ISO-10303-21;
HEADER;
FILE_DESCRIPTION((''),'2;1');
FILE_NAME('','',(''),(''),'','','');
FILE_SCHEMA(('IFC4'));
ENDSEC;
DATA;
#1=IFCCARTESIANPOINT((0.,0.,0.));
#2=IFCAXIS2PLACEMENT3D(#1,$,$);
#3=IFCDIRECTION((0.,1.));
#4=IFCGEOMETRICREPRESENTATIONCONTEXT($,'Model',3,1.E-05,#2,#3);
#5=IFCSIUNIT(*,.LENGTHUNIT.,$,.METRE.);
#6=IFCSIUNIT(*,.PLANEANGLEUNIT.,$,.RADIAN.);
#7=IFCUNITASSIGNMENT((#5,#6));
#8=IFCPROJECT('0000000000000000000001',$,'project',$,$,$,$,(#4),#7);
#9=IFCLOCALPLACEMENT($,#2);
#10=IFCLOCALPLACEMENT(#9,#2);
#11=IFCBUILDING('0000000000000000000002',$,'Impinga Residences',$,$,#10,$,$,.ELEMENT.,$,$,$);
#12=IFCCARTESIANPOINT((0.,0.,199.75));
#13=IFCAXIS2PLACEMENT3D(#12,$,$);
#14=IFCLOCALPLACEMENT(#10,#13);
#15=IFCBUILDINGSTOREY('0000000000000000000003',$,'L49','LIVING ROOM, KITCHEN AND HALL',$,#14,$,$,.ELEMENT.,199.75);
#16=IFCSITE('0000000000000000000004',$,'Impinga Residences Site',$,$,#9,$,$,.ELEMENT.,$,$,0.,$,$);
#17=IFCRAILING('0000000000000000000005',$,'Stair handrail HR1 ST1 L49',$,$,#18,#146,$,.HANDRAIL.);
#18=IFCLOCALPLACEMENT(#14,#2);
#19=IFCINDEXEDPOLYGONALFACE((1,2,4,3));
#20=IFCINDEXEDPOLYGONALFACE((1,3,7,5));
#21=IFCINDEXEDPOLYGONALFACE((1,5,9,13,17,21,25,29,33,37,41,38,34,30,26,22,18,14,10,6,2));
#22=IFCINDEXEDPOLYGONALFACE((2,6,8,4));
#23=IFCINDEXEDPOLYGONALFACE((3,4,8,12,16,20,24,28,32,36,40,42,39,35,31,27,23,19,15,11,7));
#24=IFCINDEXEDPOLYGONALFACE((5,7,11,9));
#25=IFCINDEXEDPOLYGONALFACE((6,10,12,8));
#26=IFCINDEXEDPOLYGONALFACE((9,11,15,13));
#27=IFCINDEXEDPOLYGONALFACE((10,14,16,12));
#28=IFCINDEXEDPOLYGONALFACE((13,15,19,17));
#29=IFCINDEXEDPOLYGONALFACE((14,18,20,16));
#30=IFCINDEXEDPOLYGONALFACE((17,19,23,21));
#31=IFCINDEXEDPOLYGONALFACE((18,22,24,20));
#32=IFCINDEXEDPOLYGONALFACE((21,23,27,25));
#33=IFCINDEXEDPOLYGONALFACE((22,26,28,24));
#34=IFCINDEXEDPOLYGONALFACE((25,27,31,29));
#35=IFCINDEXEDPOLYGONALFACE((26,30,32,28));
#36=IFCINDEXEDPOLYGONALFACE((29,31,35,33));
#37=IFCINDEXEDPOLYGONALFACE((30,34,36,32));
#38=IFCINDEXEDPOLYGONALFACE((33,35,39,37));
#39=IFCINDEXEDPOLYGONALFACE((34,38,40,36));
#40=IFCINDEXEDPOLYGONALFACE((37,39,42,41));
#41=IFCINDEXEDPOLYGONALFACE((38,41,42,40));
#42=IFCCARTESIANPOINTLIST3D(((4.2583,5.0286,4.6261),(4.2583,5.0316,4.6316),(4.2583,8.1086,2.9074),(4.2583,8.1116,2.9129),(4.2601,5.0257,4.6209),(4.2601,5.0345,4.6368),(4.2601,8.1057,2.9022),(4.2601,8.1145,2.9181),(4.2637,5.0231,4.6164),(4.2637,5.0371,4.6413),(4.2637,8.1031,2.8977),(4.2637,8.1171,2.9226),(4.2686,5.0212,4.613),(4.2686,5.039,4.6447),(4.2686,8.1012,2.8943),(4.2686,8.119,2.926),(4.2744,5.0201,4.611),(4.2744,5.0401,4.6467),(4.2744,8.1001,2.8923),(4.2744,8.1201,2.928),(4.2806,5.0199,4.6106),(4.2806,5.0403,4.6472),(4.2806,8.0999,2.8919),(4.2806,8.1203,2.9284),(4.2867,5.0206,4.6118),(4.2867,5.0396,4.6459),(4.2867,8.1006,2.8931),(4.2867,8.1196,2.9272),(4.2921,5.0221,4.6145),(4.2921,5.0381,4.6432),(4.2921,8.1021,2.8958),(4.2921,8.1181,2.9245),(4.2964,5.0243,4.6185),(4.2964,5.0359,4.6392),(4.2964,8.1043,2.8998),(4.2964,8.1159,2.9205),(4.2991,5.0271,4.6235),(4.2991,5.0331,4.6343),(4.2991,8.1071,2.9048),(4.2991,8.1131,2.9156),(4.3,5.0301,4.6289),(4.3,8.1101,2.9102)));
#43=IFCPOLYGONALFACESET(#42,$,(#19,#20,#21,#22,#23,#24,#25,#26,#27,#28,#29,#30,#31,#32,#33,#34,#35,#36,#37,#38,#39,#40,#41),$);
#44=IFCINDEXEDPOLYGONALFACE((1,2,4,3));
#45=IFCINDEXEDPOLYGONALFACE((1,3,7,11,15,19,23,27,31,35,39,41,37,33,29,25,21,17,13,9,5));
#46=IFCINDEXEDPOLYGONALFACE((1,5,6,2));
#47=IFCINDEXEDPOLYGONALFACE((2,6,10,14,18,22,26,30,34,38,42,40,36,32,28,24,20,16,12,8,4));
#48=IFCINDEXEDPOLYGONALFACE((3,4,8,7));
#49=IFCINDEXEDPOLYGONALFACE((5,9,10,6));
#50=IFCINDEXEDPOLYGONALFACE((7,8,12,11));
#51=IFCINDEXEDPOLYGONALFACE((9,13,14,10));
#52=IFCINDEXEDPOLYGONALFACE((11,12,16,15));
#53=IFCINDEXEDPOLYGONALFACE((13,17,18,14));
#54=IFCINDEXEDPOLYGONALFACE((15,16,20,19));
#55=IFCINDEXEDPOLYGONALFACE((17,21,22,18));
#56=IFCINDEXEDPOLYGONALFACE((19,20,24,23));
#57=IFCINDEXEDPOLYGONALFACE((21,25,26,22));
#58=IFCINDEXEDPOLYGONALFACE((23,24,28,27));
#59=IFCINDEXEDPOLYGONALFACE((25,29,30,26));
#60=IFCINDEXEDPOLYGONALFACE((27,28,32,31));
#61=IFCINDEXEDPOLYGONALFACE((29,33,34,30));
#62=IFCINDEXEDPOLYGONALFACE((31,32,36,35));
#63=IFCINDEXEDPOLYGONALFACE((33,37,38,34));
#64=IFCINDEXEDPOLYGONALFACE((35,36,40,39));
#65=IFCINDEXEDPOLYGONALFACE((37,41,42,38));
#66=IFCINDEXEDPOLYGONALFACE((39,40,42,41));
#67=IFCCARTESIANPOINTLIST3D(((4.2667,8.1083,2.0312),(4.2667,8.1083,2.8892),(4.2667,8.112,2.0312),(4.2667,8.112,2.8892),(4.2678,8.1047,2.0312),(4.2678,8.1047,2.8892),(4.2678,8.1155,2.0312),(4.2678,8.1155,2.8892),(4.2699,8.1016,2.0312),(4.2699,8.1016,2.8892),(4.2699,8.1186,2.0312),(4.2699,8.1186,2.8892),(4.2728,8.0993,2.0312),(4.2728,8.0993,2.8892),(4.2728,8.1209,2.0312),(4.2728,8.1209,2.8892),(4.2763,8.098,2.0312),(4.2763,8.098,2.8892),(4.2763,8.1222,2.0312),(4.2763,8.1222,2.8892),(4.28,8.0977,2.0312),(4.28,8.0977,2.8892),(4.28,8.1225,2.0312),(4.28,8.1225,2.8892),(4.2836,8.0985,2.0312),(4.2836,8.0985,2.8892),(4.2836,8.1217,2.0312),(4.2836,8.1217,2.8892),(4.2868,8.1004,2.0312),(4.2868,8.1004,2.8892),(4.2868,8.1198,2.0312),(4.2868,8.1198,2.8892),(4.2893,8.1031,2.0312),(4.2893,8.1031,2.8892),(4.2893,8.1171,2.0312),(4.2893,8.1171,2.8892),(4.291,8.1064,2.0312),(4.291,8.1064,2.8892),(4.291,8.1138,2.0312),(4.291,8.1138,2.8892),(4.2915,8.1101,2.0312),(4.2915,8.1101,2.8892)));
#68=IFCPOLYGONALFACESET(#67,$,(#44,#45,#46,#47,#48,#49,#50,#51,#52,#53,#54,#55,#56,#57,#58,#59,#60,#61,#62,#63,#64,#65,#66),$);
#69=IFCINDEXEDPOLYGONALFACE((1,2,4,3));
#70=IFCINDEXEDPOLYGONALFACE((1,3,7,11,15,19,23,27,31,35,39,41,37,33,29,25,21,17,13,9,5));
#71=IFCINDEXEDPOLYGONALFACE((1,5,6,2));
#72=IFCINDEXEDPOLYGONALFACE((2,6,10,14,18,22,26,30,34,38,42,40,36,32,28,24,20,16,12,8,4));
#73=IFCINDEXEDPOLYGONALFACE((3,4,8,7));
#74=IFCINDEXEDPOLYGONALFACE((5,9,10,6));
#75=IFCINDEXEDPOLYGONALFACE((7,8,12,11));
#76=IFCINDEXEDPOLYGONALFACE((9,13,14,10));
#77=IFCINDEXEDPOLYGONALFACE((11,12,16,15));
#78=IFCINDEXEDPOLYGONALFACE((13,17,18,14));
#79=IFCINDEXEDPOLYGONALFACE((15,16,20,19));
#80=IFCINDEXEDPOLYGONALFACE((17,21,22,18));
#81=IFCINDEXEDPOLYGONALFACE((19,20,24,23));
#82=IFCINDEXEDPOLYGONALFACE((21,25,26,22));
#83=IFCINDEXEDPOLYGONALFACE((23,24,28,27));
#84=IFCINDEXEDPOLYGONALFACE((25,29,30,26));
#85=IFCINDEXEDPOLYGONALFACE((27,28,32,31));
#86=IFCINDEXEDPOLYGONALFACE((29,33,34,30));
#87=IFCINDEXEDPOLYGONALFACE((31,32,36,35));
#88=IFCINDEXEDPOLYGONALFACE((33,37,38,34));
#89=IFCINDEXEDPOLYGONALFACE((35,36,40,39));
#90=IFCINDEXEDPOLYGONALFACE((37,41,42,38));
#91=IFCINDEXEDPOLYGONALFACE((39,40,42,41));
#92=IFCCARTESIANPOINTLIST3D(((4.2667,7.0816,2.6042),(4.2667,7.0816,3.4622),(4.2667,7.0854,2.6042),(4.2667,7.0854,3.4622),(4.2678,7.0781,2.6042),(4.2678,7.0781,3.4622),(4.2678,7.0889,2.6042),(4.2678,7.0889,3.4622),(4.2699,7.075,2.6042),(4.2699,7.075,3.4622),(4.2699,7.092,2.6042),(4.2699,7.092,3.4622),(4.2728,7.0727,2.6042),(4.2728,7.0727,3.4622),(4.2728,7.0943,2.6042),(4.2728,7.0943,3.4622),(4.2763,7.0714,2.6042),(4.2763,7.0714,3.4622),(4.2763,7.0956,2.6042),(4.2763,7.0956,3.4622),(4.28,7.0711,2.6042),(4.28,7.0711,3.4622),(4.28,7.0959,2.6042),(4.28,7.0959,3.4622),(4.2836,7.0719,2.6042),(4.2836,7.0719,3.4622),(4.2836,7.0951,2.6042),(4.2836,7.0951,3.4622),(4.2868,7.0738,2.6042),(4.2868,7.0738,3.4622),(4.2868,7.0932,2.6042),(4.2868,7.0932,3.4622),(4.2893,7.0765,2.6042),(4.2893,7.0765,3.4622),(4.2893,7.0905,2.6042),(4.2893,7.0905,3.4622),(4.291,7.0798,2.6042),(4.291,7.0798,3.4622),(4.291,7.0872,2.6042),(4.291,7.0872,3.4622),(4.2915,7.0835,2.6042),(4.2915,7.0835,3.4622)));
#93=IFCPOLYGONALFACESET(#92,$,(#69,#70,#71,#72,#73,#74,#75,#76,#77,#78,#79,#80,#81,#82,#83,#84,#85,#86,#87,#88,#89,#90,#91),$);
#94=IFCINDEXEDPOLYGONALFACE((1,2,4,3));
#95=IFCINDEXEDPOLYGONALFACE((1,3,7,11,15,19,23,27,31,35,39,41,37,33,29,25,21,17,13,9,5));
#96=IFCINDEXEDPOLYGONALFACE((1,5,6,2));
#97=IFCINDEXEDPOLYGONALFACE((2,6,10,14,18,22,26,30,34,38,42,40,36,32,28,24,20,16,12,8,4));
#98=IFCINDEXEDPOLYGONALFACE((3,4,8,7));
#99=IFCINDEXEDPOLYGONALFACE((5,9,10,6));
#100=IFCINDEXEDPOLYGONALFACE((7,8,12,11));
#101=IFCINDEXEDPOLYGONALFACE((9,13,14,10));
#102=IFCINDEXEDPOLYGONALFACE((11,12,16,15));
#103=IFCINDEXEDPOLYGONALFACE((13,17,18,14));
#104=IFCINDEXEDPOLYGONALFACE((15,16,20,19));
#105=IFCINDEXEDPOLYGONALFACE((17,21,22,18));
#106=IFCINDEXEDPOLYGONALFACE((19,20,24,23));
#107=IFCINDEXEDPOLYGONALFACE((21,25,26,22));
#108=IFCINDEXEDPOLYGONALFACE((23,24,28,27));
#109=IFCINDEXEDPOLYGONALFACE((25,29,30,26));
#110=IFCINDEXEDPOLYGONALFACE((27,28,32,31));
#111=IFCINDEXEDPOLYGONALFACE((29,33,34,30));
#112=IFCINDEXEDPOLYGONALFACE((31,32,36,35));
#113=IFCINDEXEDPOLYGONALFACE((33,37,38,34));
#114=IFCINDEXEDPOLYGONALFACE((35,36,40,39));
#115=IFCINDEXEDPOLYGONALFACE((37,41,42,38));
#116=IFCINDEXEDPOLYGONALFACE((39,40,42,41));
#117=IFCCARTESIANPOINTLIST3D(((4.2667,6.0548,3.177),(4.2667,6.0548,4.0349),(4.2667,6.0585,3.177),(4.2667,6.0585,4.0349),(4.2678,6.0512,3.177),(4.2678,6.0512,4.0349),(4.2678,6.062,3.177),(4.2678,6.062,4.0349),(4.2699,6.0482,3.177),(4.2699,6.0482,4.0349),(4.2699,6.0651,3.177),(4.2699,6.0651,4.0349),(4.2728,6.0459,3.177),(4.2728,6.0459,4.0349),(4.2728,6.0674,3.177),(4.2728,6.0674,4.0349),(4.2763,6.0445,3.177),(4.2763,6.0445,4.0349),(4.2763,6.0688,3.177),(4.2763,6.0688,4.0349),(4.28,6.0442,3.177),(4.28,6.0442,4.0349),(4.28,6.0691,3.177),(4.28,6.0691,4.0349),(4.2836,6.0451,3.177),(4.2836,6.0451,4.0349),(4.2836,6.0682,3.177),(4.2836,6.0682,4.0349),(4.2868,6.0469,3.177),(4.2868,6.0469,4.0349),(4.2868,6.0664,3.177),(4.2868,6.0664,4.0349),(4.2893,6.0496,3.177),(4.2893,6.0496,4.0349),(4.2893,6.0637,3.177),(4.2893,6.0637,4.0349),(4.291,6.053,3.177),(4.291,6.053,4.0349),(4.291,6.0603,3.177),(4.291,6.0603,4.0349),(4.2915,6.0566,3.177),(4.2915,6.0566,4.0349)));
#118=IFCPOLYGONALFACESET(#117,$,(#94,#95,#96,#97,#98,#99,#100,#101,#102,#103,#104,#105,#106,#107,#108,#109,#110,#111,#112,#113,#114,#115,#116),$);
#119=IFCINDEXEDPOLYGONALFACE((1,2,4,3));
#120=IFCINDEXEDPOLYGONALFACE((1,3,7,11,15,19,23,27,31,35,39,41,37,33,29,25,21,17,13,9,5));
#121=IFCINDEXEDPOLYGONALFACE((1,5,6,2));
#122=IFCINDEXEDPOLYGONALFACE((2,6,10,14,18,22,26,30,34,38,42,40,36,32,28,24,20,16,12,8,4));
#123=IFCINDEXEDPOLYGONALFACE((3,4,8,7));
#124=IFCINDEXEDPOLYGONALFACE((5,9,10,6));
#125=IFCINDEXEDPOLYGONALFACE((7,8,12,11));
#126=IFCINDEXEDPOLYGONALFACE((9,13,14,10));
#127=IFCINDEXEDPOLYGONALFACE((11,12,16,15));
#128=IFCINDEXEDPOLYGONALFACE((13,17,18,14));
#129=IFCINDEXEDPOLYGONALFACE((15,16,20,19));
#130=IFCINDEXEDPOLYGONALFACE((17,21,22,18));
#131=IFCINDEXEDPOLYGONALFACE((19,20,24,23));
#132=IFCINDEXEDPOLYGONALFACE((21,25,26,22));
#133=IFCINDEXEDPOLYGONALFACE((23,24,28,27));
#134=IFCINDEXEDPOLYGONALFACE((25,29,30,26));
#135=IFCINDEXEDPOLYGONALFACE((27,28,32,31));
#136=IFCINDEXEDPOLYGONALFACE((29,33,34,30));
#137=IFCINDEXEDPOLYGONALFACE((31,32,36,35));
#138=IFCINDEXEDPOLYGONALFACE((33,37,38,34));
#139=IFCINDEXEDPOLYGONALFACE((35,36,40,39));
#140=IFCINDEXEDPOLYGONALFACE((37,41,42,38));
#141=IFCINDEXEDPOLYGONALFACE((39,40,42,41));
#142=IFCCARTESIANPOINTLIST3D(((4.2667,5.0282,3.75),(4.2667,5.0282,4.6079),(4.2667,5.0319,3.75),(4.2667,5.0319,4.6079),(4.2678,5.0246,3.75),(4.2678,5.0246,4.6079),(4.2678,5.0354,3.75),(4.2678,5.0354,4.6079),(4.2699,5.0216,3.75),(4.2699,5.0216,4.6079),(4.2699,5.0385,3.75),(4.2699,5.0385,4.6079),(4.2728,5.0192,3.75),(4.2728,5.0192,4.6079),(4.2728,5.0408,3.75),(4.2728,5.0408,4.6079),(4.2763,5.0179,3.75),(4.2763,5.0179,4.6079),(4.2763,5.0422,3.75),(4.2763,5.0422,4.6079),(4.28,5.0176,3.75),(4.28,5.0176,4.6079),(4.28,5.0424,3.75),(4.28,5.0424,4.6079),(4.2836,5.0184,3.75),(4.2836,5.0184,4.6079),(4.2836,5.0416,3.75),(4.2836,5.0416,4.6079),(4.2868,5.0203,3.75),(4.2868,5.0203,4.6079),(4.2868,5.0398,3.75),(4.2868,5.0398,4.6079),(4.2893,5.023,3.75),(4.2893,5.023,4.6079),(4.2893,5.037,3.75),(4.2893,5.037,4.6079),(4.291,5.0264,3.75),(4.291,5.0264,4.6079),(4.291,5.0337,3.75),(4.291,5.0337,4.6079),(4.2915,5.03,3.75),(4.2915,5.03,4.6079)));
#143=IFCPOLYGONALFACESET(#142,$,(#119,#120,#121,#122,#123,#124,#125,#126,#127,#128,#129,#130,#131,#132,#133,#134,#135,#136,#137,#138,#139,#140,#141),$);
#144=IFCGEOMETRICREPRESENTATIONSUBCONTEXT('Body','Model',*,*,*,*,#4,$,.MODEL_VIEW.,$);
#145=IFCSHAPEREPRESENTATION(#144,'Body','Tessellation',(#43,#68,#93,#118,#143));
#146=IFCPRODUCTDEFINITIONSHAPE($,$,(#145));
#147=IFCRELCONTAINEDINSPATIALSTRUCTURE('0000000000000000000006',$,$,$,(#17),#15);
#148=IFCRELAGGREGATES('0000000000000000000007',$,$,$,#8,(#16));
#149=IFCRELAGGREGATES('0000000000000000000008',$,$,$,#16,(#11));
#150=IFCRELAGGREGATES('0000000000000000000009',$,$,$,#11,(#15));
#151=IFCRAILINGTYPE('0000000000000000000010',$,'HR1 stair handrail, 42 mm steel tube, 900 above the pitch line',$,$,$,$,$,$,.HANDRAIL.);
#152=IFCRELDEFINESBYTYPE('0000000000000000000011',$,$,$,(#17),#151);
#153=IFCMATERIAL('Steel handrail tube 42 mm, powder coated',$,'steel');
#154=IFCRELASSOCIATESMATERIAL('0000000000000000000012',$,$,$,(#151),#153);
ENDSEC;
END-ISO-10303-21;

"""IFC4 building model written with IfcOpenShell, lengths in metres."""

from ifc_helpers import new_model, si_unit, direction, frame, origin, origin_2d, place, context, subcontext, project, spatial, circle, extrude, material, type_object, element, save


model = new_model("IFC4")

# Units and contexts
model_context = context("Model", 3, precision=1e-05, world=origin(), true_north=direction((0.0, 1.0)))
body_context = subcontext(model_context, "Body", "Model", "MODEL_VIEW")
ifc_project = project(units=[si_unit("LENGTHUNIT", "METRE"), si_unit("PLANEANGLEUNIT", "RADIAN")], contexts=[model_context])

# Site, building, storey
site_placement = place(None, origin())
site = spatial("IfcSite", under=ifc_project, at=site_placement, Name="Impinga Residences Site", CompositionType="ELEMENT", RefElevation=0.0)
building_placement = place(site_placement, origin())
building = spatial("IfcBuilding", under=site, at=building_placement, Name="Impinga Residences", CompositionType="ELEMENT")
storey_placement = place(building_placement, frame((0.0, 0.0, 199.75)))
storey = spatial("IfcBuildingStorey", under=building, at=storey_placement, Name="L49", Description="LIVING ROOM, KITCHEN AND HALL", CompositionType="ELEMENT", Elevation=199.75)

# Railing
ifc_material_1 = material(Name="Steel handrail tube 42 mm, powder coated", Category="steel")
railing_type_1 = type_object("IfcRailingType", Name="HR1 stair handrail, 42 mm steel tube, 900 above the pitch line", PredefinedType="HANDRAIL", material=ifc_material_1)
railing_1_placement = place(storey_placement, frame((4.2791, 8.1101, 2.0312)))
element("IfcRailing", 1, at=railing_1_placement, inside=storey, type_object=railing_type_1, Name="Stair handrail HR1 ST1 L49", PredefinedType="HANDRAIL", context=body_context, shape_type="SweptSolid", body=[
    extrude(circle(Radius=0.021, at=origin_2d()), frame((0.0, 0.0, 0.8789), z_axis=(0.0, -0.873242, 0.487288), x_axis=(1.0, 0.0, 0.0)), (0.0, 0.0, 1.0), 3.5271),
    extrude(circle(Radius=0.0125, at=origin_2d()), origin(), (0.0, 0.0, 1.0), 0.8579),
    extrude(circle(Radius=0.0125, at=origin_2d()), frame((0.0, -1.0266, 0.573)), (0.0, 0.0, 1.0), 0.8579),
    extrude(circle(Radius=0.0125, at=origin_2d()), frame((0.0, -2.0535, 1.1458)), (0.0, 0.0, 1.0), 0.8579),
    extrude(circle(Radius=0.0125, at=origin_2d()), frame((0.0, -3.0801, 1.7188)), (0.0, 0.0, 1.0), 0.8579),
])

save(model, "model.ifc")
